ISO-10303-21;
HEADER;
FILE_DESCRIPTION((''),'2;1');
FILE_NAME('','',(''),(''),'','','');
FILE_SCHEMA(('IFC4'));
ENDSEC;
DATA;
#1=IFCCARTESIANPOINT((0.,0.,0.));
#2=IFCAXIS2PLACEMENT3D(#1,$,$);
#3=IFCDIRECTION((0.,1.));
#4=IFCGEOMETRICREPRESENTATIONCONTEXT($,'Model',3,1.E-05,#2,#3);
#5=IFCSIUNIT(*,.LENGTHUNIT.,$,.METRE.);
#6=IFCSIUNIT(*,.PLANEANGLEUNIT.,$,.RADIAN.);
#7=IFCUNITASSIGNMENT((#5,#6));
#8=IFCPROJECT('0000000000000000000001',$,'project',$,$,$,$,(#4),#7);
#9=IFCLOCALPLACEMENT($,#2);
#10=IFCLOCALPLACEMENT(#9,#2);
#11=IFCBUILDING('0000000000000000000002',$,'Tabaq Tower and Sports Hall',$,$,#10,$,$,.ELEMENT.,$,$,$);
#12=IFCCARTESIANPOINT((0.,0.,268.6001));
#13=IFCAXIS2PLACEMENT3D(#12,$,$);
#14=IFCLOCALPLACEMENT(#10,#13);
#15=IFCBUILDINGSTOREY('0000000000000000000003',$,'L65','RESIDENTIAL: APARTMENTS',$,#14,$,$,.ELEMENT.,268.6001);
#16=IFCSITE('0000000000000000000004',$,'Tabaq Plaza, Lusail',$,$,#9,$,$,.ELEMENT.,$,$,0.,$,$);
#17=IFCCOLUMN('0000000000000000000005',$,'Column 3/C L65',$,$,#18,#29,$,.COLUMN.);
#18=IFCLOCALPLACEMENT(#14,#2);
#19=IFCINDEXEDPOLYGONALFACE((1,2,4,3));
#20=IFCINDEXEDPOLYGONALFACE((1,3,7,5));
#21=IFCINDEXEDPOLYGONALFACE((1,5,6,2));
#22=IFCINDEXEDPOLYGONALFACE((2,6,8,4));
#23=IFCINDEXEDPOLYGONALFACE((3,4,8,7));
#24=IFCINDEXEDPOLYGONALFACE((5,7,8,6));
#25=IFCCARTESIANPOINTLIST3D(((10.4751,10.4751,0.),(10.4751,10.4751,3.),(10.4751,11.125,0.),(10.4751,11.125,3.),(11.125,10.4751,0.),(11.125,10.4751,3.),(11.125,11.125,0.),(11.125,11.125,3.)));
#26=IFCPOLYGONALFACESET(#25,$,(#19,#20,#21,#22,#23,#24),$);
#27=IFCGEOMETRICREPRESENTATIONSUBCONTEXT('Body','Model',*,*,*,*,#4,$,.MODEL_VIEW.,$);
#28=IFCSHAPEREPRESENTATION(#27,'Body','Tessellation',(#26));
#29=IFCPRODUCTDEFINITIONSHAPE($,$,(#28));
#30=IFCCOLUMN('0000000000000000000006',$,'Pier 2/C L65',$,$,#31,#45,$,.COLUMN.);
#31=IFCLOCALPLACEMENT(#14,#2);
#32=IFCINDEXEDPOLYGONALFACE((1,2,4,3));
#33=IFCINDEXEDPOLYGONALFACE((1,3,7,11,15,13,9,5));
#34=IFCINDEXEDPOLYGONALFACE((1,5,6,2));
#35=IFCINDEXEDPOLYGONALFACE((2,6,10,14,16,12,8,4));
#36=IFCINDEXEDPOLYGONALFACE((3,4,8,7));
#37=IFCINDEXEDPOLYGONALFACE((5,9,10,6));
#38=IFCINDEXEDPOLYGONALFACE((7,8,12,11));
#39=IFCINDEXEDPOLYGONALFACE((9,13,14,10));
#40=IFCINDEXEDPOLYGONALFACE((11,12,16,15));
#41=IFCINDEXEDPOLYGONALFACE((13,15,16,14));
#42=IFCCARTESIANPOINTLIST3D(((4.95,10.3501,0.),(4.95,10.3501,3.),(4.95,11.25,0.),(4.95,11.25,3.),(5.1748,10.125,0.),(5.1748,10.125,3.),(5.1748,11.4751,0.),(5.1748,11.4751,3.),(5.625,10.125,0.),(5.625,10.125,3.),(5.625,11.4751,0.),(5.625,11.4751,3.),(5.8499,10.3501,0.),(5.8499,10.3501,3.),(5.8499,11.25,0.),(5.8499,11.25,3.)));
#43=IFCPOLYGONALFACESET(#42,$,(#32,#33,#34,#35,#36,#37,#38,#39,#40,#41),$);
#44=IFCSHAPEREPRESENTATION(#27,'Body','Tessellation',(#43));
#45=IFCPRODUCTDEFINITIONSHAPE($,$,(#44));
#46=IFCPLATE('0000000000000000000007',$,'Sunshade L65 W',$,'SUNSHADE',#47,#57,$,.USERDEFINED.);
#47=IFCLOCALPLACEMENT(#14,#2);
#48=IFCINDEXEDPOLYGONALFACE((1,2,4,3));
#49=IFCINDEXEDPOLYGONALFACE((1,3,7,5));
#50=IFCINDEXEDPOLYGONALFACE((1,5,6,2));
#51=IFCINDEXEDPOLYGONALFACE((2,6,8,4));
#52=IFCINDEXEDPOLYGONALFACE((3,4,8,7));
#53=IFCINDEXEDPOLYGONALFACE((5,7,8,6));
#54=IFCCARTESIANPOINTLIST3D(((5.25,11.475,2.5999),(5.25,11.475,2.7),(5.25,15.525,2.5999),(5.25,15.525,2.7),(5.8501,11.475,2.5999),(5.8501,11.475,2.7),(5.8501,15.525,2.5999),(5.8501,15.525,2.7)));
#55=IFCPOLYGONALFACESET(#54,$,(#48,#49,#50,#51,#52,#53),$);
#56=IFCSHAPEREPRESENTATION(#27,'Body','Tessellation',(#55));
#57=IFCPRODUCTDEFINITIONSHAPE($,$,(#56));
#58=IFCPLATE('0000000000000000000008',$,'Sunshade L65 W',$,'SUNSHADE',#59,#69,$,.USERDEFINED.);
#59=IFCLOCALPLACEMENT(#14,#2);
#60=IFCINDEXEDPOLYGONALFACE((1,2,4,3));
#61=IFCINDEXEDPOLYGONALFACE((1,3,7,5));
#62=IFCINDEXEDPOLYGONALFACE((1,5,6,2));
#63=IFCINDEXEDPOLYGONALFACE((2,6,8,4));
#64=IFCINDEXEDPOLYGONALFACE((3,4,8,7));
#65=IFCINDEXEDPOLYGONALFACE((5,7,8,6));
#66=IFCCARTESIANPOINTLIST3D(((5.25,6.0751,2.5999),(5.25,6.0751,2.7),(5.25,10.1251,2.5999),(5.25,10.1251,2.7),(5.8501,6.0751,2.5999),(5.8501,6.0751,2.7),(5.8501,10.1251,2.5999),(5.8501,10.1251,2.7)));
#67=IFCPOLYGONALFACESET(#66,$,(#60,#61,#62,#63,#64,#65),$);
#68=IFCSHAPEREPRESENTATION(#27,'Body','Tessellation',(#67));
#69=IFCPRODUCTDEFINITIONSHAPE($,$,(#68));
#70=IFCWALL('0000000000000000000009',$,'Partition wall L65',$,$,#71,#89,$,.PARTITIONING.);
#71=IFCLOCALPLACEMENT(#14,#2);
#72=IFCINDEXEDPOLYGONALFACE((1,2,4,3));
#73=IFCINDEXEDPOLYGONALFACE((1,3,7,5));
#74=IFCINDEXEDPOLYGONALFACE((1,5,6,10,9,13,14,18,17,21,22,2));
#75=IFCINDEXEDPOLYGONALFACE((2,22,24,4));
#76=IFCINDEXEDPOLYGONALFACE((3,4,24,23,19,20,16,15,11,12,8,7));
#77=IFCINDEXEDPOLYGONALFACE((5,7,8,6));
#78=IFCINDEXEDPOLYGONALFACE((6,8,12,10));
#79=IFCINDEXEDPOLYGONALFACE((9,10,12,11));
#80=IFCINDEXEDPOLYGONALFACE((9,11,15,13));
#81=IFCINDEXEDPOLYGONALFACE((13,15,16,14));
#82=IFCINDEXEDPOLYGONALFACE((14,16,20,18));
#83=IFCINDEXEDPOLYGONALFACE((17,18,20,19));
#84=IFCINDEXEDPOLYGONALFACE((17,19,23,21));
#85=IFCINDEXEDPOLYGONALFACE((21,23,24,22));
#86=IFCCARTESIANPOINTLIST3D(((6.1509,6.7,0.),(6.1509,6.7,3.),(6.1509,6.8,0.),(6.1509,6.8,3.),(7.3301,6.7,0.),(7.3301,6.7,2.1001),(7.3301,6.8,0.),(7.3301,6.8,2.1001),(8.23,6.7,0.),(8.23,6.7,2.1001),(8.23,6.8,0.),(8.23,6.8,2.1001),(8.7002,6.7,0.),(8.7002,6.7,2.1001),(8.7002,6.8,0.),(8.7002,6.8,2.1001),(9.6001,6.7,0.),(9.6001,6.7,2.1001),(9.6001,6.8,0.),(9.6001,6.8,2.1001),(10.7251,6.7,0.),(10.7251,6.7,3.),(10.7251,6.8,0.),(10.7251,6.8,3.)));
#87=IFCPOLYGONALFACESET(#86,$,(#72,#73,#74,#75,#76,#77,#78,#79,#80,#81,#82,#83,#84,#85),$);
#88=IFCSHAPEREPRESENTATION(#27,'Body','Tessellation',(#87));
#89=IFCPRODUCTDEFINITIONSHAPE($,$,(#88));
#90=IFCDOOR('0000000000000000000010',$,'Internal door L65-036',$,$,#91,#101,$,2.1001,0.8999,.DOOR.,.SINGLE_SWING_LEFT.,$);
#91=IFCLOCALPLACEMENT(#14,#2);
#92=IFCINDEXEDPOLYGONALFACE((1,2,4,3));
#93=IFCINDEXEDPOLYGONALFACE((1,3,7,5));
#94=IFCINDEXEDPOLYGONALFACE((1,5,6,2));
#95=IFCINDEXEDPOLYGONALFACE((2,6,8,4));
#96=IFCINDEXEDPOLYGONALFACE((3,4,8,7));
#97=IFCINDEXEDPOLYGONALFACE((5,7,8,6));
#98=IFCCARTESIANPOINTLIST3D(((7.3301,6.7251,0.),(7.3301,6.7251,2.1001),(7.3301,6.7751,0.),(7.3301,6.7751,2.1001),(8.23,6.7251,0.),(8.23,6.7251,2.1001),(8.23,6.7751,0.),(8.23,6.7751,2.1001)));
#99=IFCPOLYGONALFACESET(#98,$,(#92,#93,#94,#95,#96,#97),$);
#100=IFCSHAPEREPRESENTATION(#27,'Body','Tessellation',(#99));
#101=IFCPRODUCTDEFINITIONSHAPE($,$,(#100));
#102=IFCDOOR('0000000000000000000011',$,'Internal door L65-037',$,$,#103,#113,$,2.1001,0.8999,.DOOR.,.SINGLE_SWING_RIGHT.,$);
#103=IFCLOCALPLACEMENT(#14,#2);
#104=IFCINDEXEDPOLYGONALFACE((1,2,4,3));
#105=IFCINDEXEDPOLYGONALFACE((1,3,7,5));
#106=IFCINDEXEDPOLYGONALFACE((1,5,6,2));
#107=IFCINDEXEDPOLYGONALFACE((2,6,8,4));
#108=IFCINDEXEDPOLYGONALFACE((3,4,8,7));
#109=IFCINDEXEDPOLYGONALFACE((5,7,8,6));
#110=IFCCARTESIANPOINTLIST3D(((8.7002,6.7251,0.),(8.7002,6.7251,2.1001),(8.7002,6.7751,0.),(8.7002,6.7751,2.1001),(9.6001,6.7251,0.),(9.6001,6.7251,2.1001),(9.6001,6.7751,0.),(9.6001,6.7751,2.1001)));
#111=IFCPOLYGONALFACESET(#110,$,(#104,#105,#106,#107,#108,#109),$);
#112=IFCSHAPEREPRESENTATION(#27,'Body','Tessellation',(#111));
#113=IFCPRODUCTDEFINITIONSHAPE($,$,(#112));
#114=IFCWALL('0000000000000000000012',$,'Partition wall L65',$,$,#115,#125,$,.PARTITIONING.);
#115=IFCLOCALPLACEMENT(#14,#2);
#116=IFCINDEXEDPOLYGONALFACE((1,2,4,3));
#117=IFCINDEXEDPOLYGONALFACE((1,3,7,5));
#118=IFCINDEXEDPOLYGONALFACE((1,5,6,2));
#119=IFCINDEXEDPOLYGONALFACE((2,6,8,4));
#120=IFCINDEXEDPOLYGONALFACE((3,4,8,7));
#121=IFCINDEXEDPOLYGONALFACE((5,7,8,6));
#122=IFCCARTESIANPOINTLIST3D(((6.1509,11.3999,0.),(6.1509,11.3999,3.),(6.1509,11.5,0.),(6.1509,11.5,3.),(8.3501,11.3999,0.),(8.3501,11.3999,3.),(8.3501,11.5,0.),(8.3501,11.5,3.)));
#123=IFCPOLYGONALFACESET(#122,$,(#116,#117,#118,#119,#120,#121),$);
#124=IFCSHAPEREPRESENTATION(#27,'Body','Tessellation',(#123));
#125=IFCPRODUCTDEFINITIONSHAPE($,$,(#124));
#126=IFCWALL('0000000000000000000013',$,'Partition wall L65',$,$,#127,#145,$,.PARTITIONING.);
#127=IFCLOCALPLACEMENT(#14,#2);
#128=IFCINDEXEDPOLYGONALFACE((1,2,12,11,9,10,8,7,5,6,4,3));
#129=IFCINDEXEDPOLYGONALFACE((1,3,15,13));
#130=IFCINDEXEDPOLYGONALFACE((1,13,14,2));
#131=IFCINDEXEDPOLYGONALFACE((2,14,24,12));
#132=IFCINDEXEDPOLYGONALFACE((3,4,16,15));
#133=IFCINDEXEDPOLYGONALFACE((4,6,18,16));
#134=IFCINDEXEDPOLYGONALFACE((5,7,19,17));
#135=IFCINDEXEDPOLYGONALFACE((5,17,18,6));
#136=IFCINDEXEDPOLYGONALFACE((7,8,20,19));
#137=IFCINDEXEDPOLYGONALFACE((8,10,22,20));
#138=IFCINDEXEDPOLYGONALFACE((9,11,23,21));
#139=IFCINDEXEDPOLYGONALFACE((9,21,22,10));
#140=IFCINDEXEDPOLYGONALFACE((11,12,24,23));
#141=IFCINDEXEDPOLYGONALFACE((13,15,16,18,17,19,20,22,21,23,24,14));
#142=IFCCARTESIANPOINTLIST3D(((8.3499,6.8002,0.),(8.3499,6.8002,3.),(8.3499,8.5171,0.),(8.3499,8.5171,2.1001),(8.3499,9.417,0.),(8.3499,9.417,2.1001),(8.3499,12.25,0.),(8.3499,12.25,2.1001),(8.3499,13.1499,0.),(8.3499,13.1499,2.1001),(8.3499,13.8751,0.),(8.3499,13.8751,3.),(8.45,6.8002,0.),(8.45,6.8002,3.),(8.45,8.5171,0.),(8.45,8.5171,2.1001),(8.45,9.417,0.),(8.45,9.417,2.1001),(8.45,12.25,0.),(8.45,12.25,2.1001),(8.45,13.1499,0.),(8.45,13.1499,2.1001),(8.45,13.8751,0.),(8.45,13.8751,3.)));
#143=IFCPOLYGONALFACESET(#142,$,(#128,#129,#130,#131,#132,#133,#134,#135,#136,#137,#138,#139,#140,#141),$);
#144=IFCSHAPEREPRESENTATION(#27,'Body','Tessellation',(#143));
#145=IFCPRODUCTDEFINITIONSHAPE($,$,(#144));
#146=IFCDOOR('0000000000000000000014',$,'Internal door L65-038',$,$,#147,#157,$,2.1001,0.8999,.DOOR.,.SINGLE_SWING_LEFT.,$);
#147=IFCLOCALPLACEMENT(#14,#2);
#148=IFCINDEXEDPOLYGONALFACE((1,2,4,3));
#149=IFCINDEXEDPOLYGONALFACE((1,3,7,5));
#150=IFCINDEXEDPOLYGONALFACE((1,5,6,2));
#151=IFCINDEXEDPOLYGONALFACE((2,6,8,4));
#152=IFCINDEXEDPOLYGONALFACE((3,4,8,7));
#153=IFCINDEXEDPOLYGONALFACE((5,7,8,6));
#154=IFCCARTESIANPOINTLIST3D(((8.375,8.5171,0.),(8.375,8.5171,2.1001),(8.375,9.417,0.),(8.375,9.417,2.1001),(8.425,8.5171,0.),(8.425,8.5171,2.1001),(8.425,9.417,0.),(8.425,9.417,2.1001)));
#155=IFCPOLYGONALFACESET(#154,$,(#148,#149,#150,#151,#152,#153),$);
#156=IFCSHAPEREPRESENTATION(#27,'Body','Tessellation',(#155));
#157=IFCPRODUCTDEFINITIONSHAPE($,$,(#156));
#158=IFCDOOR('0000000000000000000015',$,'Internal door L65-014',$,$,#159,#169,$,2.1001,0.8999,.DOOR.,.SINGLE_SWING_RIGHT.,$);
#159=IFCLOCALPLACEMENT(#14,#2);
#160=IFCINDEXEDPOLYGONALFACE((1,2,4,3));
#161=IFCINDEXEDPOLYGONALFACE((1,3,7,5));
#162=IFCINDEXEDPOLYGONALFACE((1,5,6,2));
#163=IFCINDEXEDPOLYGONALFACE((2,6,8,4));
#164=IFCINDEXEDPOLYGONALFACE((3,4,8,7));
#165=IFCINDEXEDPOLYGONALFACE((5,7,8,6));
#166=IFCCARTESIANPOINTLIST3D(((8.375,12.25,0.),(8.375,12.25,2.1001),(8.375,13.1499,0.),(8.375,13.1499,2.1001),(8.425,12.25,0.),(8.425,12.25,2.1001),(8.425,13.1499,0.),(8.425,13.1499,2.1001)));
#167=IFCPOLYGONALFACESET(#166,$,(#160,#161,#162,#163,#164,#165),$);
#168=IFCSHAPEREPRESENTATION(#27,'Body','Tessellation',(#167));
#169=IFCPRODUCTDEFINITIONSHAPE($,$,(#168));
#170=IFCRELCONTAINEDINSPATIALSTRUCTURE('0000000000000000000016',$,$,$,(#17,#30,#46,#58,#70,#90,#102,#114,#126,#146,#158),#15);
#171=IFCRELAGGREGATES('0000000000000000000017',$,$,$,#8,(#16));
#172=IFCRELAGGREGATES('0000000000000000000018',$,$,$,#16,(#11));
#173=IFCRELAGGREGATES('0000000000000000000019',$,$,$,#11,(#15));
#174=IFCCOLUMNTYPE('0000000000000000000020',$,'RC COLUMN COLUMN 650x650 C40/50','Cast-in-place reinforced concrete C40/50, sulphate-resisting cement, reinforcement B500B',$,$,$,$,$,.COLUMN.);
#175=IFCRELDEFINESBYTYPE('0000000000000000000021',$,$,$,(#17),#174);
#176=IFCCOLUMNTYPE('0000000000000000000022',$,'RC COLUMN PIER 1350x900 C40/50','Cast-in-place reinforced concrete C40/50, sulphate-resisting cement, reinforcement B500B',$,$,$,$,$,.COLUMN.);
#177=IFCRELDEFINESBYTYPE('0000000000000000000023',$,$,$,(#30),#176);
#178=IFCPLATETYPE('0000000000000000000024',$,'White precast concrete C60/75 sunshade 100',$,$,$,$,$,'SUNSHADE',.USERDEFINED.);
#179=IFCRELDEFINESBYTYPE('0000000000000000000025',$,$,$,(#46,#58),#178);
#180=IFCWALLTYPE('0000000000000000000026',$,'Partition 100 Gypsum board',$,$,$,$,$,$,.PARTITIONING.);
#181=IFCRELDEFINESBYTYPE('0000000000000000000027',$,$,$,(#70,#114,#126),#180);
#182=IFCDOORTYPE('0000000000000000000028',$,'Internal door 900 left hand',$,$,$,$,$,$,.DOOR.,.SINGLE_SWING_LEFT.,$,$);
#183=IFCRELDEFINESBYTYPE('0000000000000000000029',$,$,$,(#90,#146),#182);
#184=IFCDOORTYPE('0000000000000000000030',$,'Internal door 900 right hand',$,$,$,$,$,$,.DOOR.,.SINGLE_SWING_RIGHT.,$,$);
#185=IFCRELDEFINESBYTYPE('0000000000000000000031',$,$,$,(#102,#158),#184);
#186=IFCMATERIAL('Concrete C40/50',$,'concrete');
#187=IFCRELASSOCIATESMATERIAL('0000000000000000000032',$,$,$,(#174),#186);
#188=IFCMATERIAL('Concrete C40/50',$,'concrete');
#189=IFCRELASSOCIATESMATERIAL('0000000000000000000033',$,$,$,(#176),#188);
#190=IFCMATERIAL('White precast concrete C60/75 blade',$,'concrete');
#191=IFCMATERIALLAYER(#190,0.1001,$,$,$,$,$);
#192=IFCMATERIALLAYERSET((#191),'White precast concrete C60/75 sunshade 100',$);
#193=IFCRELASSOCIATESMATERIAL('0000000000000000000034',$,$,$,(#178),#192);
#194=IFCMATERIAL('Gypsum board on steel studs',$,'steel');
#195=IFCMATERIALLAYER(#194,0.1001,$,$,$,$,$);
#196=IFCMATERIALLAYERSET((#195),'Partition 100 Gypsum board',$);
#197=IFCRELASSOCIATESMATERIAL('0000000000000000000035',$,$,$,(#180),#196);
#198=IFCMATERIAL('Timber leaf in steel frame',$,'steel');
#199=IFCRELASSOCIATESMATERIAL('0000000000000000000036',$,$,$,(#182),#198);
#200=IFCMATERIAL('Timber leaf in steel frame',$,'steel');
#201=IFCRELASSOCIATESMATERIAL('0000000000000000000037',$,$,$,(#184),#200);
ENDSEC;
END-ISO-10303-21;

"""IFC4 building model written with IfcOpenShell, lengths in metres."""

from ifc_helpers import new_model, si_unit, direction, frame, frame_2d, origin, origin_2d, place, context, subcontext, project, spatial, polyline, rectangle, outline, extrude, material, layer, layer_set, material_profile, profile_set, type_object, element, fill, save


model = new_model("IFC4")

# Units and contexts
model_context = context("Model", 3, precision=1e-05, world=origin(), true_north=direction((0.0, 1.0)))
body_context = subcontext(model_context, "Body", "Model", "MODEL_VIEW")
ifc_project = project(units=[si_unit("LENGTHUNIT", "METRE"), si_unit("PLANEANGLEUNIT", "RADIAN")], contexts=[model_context])

# Site, building, storey
site_placement = place(None, origin())
site = spatial("IfcSite", under=ifc_project, at=site_placement, Name="Tabaq Plaza, Lusail", CompositionType="ELEMENT", RefElevation=0.0)
building_placement = place(site_placement, origin())
building = spatial("IfcBuilding", under=site, at=building_placement, Name="Tabaq Tower and Sports Hall", CompositionType="ELEMENT")
storey_placement = place(building_placement, frame((0.0, 0.0, 268.6001)))
storey = spatial("IfcBuildingStorey", under=building, at=storey_placement, Name="L65", Description="RESIDENTIAL: APARTMENTS", CompositionType="ELEMENT", Elevation=268.6001)

# Columns
ifc_material_1 = material(Name="Concrete C40/50", Category="concrete")
ifc_material_profile_1 = material_profile(ifc_material_1, rectangle(XDim=0.6499, YDim=0.6499, at=origin_2d()), Name="COLUMN 650x650")
ifc_profile_set_1 = profile_set([ifc_material_profile_1], Name="Concrete C40/50")
column_type_1 = type_object("IfcColumnType", Name="RC COLUMN COLUMN 650x650 C40/50", Description="Cast-in-place reinforced concrete C40/50, sulphate-resisting cement, reinforcement B500B", PredefinedType="COLUMN", material=ifc_profile_set_1)
column_1_placement = place(storey_placement, frame((10.8, 10.8, 0.0), z_axis=(0.0, 0.0, 1.0), x_axis=(1.0, 0.0, 0.0)))
element("IfcColumn", 1, at=column_1_placement, inside=storey, type_object=column_type_1, Name="Column 3/C L65", PredefinedType="COLUMN", context=body_context, shape_type="SweptSolid", body=[
    extrude(rectangle(XDim=0.6499, YDim=0.6499, at=origin_2d()), origin(), (0.0, 0.0, 1.0), 3.0),
])
ifc_material_2 = material(Name="Concrete C40/50", Category="concrete")
ifc_material_profile_2 = material_profile(ifc_material_2, outline(polyline([(-0.45, -0.45), (0.45, -0.45), (0.675, -0.2251), (0.675, 0.2251), (0.45, 0.45), (-0.45, 0.45), (-0.675, 0.2251), (-0.675, -0.2251), (-0.45, -0.45)])), Name="PIER 1350x900")
ifc_profile_set_2 = profile_set([ifc_material_profile_2], Name="Concrete C40/50")
column_type_2 = type_object("IfcColumnType", Name="RC COLUMN PIER 1350x900 C40/50", Description="Cast-in-place reinforced concrete C40/50, sulphate-resisting cement, reinforcement B500B", PredefinedType="COLUMN", material=ifc_profile_set_2)
column_2_placement = place(storey_placement, frame((5.3999, 10.8, 0.0), z_axis=(0.0, 0.0, 1.0), x_axis=(0.0, 1.0, 0.0)))
element("IfcColumn", 2, at=column_2_placement, inside=storey, type_object=column_type_2, Name="Pier 2/C L65", PredefinedType="COLUMN", context=body_context, shape_type="SweptSolid", body=[
    extrude(outline(polyline([(-0.45, -0.45), (0.45, -0.45), (0.675, -0.2251), (0.675, 0.2251), (0.45, 0.45), (-0.45, 0.45), (-0.675, 0.2251), (-0.675, -0.2251), (-0.45, -0.45)])), origin(), (0.0, 0.0, 1.0), 3.0),
])

# Plates
ifc_material_3 = material(Name="White precast concrete C60/75 blade", Category="concrete")
ifc_layer_1 = layer(ifc_material_3, 0.1001)
ifc_layer_set_1 = layer_set([ifc_layer_1], Name="White precast concrete C60/75 sunshade 100")
plate_type = type_object("IfcPlateType", Name="White precast concrete C60/75 sunshade 100", ElementType="SUNSHADE", PredefinedType="USERDEFINED", material=ifc_layer_set_1)
for number, where, z_axis, x_axis, name in (
    (3, (5.55, 13.5, 2.5999), (0.0, 0.0, 1.0), (0.0, -1.0, 0.0), "Sunshade L65 W"),
    (4, (5.55, 8.1001, 2.5999), (0.0, 0.0, 1.0), (0.0, -1.0, 0.0), "Sunshade L65 W"),
):
    element("IfcPlate", number, at=place(storey_placement, frame(where, z_axis=z_axis, x_axis=x_axis)), inside=storey, type_object=plate_type, Name=name, ObjectType="SUNSHADE", PredefinedType="USERDEFINED", context=body_context, shape_type="SweptSolid", body=[
        extrude(rectangle(XDim=4.05, YDim=0.6001, at=origin_2d()), origin(), (0.0, 0.0, 1.0), 0.1001),
    ])

# Wall, openings, doors
ifc_material_4 = material(Name="Gypsum board on steel studs", Category="steel")
ifc_layer_2 = layer(ifc_material_4, 0.1001)
ifc_layer_set_2 = layer_set([ifc_layer_2], Name="Partition 100 Gypsum board")
wall_type_1 = type_object("IfcWallType", Name="Partition 100 Gypsum board", PredefinedType="PARTITIONING", material=ifc_layer_set_2)
wall_1_placement = place(storey_placement, frame((10.7251, 6.75, 0.0), z_axis=(0.0, 0.0, 1.0), x_axis=(-1.0, 0.0, 0.0)))
wall_1 = element("IfcWall", 5, at=wall_1_placement, inside=storey, type_object=wall_type_1, Name="Partition wall L65", PredefinedType="PARTITIONING", context=body_context, shape_type="SweptSolid", body=[
    extrude(rectangle(XDim=4.5742, YDim=0.1001, at=frame_2d((2.2871, 0.0))), origin(), (0.0, 0.0, 1.0), 3.0),
])
opening_1_placement = place(wall_1_placement, frame((2.4951, 0.0, 0.0)))
opening_1 = element("IfcOpeningElement", 6, at=opening_1_placement, cuts=wall_1, PredefinedType="OPENING", context=body_context, shape_type="SweptSolid", body=[
    extrude(rectangle(XDim=0.8999, YDim=2.1001, at=frame_2d((0.45, 1.05))), frame((0.0, 0.05, 0.0), z_axis=(0.0, -1.0, 0.0), x_axis=(1.0, 0.0, 0.0)), (0.0, 0.0, 1.0), 0.1001),
])
opening_2_placement = place(wall_1_placement, frame((1.125, 0.0, 0.0)))
opening_2 = element("IfcOpeningElement", 7, at=opening_2_placement, cuts=wall_1, PredefinedType="OPENING", context=body_context, shape_type="SweptSolid", body=[
    extrude(rectangle(XDim=0.8999, YDim=2.1001, at=frame_2d((0.45, 1.05))), frame((0.0, 0.05, 0.0), z_axis=(0.0, -1.0, 0.0), x_axis=(1.0, 0.0, 0.0)), (0.0, 0.0, 1.0), 0.1001),
])
ifc_material_5 = material(Name="Timber leaf in steel frame", Category="steel")
door_type_1 = type_object("IfcDoorType", Name="Internal door 900 left hand", OperationType="SINGLE_SWING_LEFT", PredefinedType="DOOR", material=ifc_material_5)
door_1_placement = place(opening_1_placement, origin())
door_1 = element("IfcDoor", 8, at=door_1_placement, inside=storey, type_object=door_type_1, Name="Internal door L65-036", OperationType="SINGLE_SWING_LEFT", OverallHeight=2.1001, OverallWidth=0.8999, PredefinedType="DOOR", context=body_context, shape_type="SweptSolid", body=[
    extrude(rectangle(XDim=0.8999, YDim=2.1001, at=frame_2d((0.45, 1.05))), frame((0.0, 0.0249, 0.0), z_axis=(0.0, -1.0, 0.0), x_axis=(1.0, 0.0, 0.0)), (0.0, 0.0, 1.0), 0.05),
])
fill(opening_1, door_1)
ifc_material_6 = material(Name="Timber leaf in steel frame", Category="steel")
door_type_2 = type_object("IfcDoorType", Name="Internal door 900 right hand", OperationType="SINGLE_SWING_RIGHT", PredefinedType="DOOR", material=ifc_material_6)
door_2_placement = place(opening_2_placement, origin())
door_2 = element("IfcDoor", 9, at=door_2_placement, inside=storey, type_object=door_type_2, Name="Internal door L65-037", OperationType="SINGLE_SWING_RIGHT", OverallHeight=2.1001, OverallWidth=0.8999, PredefinedType="DOOR", context=body_context, shape_type="SweptSolid", body=[
    extrude(rectangle(XDim=0.8999, YDim=2.1001, at=frame_2d((0.45, 1.05))), frame((0.0, 0.0249, 0.0), z_axis=(0.0, -1.0, 0.0), x_axis=(1.0, 0.0, 0.0)), (0.0, 0.0, 1.0), 0.05),
])
fill(opening_2, door_2)

# Wall
wall_2_placement = place(storey_placement, frame((8.3501, 11.45, 0.0), z_axis=(0.0, 0.0, 1.0), x_axis=(-1.0, 0.0, 0.0)))
element("IfcWall", 10, at=wall_2_placement, inside=storey, type_object=wall_type_1, Name="Partition wall L65", PredefinedType="PARTITIONING", context=body_context, shape_type="SweptSolid", body=[
    extrude(rectangle(XDim=2.1992, YDim=0.1001, at=frame_2d((1.0996, 0.0))), origin(), (0.0, 0.0, 1.0), 3.0),
])

# Wall, openings, doors
wall_3_placement = place(storey_placement, frame((8.3999, 6.8, 0.0), z_axis=(0.0, 0.0, 1.0), x_axis=(0.0, 1.0, 0.0)))
wall_3 = element("IfcWall", 11, at=wall_3_placement, inside=storey, type_object=wall_type_1, Name="Partition wall L65", PredefinedType="PARTITIONING", context=body_context, shape_type="SweptSolid", body=[
    extrude(rectangle(XDim=7.075, YDim=0.1001, at=frame_2d((3.5376, 0.0))), origin(), (0.0, 0.0, 1.0), 3.0),
])
opening_3_placement = place(wall_3_placement, frame((5.45, 0.0, 0.0)))
opening_3 = element("IfcOpeningElement", 12, at=opening_3_placement, cuts=wall_3, PredefinedType="OPENING", context=body_context, shape_type="SweptSolid", body=[
    extrude(rectangle(XDim=0.8999, YDim=2.1001, at=frame_2d((0.45, 1.05))), frame((0.0, 0.05, 0.0), z_axis=(0.0, -1.0, 0.0), x_axis=(1.0, 0.0, 0.0)), (0.0, 0.0, 1.0), 0.1001),
])
opening_4_placement = place(wall_3_placement, frame((1.717, 0.0, 0.0)))
opening_4 = element("IfcOpeningElement", 13, at=opening_4_placement, cuts=wall_3, PredefinedType="OPENING", context=body_context, shape_type="SweptSolid", body=[
    extrude(rectangle(XDim=0.8999, YDim=2.1001, at=frame_2d((0.45, 1.05))), frame((0.0, 0.05, 0.0), z_axis=(0.0, -1.0, 0.0), x_axis=(1.0, 0.0, 0.0)), (0.0, 0.0, 1.0), 0.1001),
])
door_3_placement = place(opening_4_placement, origin())
door_3 = element("IfcDoor", 14, at=door_3_placement, inside=storey, type_object=door_type_1, Name="Internal door L65-038", OperationType="SINGLE_SWING_LEFT", OverallHeight=2.1001, OverallWidth=0.8999, PredefinedType="DOOR", context=body_context, shape_type="SweptSolid", body=[
    extrude(rectangle(XDim=0.8999, YDim=2.1001, at=frame_2d((0.45, 1.05))), frame((0.0, 0.0249, 0.0), z_axis=(0.0, -1.0, 0.0), x_axis=(1.0, 0.0, 0.0)), (0.0, 0.0, 1.0), 0.05),
])
fill(opening_4, door_3)
door_4_placement = place(opening_3_placement, origin())
door_4 = element("IfcDoor", 15, at=door_4_placement, inside=storey, type_object=door_type_2, Name="Internal door L65-014", OperationType="SINGLE_SWING_RIGHT", OverallHeight=2.1001, OverallWidth=0.8999, PredefinedType="DOOR", context=body_context, shape_type="SweptSolid", body=[
    extrude(rectangle(XDim=0.8999, YDim=2.1001, at=frame_2d((0.45, 1.05))), frame((0.0, 0.0249, 0.0), z_axis=(0.0, -1.0, 0.0), x_axis=(1.0, 0.0, 0.0)), (0.0, 0.0, 1.0), 0.05),
])
fill(opening_3, door_4)

save(model, "model.ifc")
